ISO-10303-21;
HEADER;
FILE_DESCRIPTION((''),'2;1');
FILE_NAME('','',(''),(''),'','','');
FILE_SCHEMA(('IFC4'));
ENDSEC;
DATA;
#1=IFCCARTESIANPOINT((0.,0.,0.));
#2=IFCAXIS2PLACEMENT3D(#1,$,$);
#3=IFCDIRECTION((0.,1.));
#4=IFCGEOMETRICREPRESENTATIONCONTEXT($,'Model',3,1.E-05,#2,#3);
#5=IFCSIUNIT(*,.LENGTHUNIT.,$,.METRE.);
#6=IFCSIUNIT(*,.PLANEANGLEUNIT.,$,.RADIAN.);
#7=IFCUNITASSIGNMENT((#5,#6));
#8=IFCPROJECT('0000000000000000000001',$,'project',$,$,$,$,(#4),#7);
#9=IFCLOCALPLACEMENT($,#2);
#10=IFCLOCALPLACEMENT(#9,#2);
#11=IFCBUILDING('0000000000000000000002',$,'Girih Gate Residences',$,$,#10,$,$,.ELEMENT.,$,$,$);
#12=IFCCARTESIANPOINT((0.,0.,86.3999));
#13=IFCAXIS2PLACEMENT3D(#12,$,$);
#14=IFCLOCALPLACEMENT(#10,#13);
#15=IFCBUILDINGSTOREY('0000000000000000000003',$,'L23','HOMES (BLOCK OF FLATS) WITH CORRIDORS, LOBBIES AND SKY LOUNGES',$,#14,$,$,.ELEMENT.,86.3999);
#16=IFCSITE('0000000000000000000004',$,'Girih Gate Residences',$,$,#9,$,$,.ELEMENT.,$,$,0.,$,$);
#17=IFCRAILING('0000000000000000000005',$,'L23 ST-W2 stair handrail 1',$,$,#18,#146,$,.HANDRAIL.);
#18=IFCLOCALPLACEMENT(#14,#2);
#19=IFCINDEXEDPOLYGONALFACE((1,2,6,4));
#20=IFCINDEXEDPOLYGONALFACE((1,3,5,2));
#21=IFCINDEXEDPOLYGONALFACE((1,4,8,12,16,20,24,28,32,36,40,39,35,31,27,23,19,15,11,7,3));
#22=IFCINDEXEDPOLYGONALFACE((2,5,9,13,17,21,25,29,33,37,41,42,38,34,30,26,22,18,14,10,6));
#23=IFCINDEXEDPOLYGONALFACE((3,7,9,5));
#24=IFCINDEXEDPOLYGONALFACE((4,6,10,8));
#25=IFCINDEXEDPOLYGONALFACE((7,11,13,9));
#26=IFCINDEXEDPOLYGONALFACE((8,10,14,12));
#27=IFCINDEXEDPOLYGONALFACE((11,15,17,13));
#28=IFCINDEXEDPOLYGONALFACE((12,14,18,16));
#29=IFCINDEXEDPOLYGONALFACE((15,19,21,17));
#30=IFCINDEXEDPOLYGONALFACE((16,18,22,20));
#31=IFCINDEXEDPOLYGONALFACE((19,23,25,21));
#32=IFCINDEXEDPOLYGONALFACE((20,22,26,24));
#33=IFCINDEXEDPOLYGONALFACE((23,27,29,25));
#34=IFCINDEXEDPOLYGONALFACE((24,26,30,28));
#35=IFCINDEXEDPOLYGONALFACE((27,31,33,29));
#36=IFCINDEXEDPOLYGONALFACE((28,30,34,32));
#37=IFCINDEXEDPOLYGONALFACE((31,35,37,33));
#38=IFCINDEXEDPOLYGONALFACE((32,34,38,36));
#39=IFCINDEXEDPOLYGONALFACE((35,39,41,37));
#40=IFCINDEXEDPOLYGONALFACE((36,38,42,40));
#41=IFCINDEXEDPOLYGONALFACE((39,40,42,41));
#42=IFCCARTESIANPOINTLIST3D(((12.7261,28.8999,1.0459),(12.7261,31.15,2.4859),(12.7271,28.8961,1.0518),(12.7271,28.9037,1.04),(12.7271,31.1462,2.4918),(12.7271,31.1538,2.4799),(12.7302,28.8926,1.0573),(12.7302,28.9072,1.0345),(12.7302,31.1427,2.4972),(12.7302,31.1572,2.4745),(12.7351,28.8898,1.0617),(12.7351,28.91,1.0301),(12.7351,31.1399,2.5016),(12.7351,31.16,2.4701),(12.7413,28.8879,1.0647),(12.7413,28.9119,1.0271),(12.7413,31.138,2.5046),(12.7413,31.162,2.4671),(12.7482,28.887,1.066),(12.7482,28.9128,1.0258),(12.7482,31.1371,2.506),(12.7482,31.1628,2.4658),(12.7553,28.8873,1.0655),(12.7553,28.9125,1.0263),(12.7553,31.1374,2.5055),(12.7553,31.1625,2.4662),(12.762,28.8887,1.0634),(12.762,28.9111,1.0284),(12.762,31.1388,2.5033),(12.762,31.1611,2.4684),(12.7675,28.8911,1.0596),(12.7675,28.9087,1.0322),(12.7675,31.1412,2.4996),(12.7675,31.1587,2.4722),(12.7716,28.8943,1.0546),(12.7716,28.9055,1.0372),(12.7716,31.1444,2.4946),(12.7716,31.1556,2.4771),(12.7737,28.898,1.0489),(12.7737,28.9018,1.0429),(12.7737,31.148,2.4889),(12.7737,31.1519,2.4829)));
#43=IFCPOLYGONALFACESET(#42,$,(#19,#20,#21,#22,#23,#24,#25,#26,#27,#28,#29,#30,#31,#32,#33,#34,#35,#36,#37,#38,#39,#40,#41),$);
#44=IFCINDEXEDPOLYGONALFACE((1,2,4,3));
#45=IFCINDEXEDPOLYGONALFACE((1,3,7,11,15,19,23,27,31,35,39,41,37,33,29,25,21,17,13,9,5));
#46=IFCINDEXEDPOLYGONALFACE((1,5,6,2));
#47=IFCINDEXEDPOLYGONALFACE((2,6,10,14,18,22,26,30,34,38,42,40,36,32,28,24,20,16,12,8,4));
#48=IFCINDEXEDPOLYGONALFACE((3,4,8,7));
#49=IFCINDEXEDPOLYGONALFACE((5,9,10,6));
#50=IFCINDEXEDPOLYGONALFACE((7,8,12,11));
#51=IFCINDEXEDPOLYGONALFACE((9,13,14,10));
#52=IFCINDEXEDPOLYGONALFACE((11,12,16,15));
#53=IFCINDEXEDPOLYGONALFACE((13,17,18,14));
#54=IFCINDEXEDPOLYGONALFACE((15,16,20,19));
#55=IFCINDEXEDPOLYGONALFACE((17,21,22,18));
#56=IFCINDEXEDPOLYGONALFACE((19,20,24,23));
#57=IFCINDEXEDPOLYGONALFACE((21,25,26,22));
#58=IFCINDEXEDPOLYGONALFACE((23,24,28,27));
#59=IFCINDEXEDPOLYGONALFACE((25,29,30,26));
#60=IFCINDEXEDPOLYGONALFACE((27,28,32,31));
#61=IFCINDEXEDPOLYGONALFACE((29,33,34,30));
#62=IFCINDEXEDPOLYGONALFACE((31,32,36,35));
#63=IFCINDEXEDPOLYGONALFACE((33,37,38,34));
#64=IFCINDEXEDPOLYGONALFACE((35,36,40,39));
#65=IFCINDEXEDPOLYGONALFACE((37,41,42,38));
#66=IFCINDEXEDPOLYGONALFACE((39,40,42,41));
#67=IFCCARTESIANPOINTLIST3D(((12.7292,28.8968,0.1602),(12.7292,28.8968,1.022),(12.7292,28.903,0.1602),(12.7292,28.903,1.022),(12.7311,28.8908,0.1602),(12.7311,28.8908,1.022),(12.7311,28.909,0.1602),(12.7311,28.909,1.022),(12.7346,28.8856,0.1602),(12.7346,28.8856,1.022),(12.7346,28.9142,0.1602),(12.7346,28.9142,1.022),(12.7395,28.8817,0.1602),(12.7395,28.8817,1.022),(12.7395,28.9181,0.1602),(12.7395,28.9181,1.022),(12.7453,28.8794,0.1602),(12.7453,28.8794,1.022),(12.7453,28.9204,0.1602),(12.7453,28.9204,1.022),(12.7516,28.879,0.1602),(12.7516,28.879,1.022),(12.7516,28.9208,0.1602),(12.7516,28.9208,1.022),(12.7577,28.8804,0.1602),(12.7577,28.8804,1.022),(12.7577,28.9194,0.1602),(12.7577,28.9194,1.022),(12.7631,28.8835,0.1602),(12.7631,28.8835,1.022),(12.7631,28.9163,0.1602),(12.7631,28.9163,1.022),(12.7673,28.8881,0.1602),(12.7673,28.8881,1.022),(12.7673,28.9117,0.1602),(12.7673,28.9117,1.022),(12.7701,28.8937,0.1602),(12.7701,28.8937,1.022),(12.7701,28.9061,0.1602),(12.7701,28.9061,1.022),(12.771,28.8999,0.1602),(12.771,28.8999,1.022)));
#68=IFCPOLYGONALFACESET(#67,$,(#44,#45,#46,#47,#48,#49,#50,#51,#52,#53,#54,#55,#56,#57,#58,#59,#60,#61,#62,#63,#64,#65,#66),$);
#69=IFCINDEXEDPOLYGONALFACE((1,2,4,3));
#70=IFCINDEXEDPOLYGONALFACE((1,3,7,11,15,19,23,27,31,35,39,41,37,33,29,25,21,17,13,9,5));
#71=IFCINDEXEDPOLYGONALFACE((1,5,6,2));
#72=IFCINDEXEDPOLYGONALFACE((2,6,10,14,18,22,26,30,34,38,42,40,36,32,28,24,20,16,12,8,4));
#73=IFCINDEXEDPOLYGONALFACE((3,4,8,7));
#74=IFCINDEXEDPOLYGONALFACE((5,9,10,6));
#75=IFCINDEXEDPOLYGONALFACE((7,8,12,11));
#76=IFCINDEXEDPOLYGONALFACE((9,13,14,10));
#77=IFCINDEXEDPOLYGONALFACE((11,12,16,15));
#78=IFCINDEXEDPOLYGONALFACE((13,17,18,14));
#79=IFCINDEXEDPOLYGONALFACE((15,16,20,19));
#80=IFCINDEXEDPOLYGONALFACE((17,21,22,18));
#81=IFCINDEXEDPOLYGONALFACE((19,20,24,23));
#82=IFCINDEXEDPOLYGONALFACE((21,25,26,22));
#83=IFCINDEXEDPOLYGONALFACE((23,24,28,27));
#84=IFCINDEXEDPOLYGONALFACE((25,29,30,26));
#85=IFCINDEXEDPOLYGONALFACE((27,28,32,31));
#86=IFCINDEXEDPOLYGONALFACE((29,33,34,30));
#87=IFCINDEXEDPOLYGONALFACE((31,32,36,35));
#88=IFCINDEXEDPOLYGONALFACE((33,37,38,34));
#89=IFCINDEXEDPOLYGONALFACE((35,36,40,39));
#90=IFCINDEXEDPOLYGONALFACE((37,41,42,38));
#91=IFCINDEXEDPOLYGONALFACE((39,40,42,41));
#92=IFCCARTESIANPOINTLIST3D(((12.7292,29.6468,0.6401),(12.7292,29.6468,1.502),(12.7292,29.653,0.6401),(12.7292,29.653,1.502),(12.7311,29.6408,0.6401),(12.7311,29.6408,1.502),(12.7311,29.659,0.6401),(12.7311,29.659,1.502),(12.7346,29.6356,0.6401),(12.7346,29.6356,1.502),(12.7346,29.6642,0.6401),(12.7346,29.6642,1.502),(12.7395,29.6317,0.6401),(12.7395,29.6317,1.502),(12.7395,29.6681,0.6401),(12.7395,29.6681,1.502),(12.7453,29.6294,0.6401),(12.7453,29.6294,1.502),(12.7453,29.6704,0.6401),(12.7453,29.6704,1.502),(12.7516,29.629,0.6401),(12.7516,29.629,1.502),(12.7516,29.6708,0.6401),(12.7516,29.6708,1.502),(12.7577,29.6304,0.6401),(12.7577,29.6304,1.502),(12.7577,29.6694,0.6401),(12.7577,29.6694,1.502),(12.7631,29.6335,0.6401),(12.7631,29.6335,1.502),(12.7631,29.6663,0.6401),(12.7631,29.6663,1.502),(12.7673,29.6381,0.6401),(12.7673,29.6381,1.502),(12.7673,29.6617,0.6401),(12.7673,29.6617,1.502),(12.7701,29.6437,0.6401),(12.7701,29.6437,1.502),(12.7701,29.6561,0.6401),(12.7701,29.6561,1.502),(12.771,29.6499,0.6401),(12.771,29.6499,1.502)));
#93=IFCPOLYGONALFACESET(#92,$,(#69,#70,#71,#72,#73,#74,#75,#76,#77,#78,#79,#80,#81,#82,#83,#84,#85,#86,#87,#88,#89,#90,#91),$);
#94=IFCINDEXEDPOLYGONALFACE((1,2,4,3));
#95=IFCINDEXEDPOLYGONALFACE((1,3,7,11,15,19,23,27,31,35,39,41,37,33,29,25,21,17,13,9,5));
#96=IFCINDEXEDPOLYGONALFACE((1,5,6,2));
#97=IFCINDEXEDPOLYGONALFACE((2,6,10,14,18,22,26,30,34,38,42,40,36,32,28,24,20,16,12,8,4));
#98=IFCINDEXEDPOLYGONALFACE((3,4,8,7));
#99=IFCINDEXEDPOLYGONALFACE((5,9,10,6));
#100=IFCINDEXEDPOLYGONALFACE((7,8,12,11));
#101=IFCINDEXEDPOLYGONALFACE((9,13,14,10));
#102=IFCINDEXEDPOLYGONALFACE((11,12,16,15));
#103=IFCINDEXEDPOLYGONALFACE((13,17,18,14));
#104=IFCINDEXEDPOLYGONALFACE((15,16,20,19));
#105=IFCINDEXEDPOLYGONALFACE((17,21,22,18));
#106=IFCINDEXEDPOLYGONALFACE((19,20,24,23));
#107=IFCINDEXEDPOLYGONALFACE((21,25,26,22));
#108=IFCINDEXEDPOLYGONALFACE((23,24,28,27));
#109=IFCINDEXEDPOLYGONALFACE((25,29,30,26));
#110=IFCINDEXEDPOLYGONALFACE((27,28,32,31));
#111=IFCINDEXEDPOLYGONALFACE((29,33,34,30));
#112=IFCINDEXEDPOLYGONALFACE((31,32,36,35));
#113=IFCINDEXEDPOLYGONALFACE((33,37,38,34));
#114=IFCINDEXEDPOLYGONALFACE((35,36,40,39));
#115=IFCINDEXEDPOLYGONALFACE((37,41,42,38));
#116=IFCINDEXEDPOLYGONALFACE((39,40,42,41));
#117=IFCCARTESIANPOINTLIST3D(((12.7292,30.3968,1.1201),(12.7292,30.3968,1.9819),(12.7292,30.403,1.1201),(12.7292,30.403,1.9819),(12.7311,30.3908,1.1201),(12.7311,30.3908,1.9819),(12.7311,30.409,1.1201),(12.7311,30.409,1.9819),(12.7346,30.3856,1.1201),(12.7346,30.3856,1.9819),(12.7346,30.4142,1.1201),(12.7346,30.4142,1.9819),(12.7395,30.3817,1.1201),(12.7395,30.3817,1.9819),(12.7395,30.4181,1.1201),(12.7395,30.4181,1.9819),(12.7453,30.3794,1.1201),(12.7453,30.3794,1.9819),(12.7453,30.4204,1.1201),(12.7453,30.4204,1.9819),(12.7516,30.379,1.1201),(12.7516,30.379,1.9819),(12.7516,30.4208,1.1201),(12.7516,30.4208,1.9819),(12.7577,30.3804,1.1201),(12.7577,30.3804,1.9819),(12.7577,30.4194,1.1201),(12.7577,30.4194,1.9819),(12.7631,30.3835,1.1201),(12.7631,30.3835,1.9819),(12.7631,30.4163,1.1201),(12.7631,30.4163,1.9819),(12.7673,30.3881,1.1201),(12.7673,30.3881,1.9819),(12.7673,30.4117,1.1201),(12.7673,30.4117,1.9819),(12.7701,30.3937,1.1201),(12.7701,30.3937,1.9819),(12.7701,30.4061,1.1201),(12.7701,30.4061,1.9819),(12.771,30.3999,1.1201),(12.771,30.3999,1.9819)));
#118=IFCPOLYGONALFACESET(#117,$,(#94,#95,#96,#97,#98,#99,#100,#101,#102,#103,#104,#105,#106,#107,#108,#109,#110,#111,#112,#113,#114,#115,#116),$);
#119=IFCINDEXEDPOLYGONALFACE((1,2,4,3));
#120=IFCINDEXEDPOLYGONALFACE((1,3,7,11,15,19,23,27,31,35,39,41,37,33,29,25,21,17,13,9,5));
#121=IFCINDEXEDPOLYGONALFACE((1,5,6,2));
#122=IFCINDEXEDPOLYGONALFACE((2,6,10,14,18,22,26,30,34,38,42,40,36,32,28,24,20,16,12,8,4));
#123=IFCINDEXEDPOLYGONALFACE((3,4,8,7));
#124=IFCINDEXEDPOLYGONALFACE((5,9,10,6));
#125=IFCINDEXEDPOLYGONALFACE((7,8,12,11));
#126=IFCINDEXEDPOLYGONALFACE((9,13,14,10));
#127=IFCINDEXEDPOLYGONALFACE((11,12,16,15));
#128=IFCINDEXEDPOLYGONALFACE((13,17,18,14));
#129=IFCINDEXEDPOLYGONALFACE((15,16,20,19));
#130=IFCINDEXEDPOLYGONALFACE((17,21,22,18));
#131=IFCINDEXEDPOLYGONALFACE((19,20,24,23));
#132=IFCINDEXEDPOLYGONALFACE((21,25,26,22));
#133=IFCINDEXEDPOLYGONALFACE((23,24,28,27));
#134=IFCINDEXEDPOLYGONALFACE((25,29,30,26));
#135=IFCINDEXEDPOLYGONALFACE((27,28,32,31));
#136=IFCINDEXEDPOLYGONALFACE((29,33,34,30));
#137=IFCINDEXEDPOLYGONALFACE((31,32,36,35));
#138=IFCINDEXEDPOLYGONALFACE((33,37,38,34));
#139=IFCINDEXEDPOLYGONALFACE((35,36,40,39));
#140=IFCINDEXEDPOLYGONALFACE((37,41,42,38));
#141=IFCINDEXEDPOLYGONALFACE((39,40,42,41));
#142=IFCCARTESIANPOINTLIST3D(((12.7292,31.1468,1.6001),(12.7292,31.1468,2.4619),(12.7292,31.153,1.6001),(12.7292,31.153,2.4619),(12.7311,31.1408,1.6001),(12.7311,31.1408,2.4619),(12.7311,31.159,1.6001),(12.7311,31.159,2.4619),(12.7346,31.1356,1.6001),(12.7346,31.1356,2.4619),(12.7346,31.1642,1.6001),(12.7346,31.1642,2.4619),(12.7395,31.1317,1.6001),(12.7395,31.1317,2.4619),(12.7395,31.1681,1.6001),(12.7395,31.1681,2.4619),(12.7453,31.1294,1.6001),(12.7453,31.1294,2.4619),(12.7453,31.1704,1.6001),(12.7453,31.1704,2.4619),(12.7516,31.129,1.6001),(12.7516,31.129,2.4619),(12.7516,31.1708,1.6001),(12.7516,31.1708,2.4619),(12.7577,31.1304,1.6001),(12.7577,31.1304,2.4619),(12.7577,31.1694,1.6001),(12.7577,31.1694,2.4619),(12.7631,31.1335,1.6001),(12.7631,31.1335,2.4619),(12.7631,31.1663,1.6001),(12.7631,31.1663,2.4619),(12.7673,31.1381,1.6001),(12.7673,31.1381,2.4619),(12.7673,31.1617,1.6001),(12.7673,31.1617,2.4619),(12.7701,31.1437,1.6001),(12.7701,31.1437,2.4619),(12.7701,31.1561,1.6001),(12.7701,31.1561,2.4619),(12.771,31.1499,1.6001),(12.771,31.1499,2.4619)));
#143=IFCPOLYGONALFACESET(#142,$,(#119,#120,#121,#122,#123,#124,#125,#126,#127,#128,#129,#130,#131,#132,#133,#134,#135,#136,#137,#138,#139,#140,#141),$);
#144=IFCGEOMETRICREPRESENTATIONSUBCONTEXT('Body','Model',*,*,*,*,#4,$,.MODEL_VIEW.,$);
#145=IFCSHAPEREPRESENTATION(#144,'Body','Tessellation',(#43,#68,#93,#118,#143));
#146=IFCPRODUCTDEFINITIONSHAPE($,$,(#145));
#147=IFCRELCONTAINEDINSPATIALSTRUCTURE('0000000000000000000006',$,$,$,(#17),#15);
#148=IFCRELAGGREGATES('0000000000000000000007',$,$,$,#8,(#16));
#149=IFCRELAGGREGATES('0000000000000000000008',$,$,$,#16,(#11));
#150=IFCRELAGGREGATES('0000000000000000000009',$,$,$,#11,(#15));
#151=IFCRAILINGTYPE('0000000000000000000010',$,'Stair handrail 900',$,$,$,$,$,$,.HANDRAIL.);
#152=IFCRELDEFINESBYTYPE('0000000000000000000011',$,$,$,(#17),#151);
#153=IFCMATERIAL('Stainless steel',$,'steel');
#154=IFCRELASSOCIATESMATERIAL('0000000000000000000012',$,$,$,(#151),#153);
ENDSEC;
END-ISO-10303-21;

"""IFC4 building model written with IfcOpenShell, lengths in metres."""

from ifc_helpers import new_model, si_unit, direction, frame, origin, origin_2d, place, context, subcontext, project, spatial, circle, extrude, material, type_object, element, save


model = new_model("IFC4")

# Units and contexts
model_context = context("Model", 3, precision=1e-05, world=origin(), true_north=direction((0.0, 1.0)))
body_context = subcontext(model_context, "Body", "Model", "MODEL_VIEW")
ifc_project = project(units=[si_unit("LENGTHUNIT", "METRE"), si_unit("PLANEANGLEUNIT", "RADIAN")], contexts=[model_context])

# Site, building, storey
site_placement = place(None, origin())
site = spatial("IfcSite", under=ifc_project, at=site_placement, Name="Girih Gate Residences", CompositionType="ELEMENT", RefElevation=0.0)
building_placement = place(site_placement, origin())
building = spatial("IfcBuilding", under=site, at=building_placement, Name="Girih Gate Residences", CompositionType="ELEMENT")
storey_placement = place(building_placement, frame((0.0, 0.0, 86.3999)))
storey = spatial("IfcBuildingStorey", under=building, at=storey_placement, Name="L23", Description="HOMES (BLOCK OF FLATS) WITH CORRIDORS, LOBBIES AND SKY LOUNGES", CompositionType="ELEMENT", Elevation=86.3999)

# Railing
ifc_material_1 = material(Name="Stainless steel", Category="steel")
railing_type_1 = type_object("IfcRailingType", Name="Stair handrail 900", PredefinedType="HANDRAIL", material=ifc_material_1)
railing_1_placement = place(storey_placement, frame((12.75, 28.8999, 0.1602)))
element("IfcRailing", 1, at=railing_1_placement, inside=storey, type_object=railing_type_1, Name="L23 ST-W2 stair handrail 1", PredefinedType="HANDRAIL", context=body_context, shape_type="SweptSolid", body=[
    extrude(circle(Radius=0.0239, at=origin_2d()), frame((0.0, 0.0, 0.8857), z_axis=(0.0, 0.842281, 0.539038), x_axis=(-1.0, 0.0, 0.0)), (0.0, 0.0, 1.0), 2.6714),
    extrude(circle(Radius=0.021, at=origin_2d()), origin(), (0.0, 0.0, 1.0), 0.8618),
    extrude(circle(Radius=0.021, at=origin_2d()), frame((0.0, 0.75, 0.48)), (0.0, 0.0, 1.0), 0.8618),
    extrude(circle(Radius=0.021, at=origin_2d()), frame((0.0, 1.5, 0.96)), (0.0, 0.0, 1.0), 0.8618),
    extrude(circle(Radius=0.021, at=origin_2d()), frame((0.0, 2.25, 1.4399)), (0.0, 0.0, 1.0), 0.8618),
])

save(model, "model.ifc")
